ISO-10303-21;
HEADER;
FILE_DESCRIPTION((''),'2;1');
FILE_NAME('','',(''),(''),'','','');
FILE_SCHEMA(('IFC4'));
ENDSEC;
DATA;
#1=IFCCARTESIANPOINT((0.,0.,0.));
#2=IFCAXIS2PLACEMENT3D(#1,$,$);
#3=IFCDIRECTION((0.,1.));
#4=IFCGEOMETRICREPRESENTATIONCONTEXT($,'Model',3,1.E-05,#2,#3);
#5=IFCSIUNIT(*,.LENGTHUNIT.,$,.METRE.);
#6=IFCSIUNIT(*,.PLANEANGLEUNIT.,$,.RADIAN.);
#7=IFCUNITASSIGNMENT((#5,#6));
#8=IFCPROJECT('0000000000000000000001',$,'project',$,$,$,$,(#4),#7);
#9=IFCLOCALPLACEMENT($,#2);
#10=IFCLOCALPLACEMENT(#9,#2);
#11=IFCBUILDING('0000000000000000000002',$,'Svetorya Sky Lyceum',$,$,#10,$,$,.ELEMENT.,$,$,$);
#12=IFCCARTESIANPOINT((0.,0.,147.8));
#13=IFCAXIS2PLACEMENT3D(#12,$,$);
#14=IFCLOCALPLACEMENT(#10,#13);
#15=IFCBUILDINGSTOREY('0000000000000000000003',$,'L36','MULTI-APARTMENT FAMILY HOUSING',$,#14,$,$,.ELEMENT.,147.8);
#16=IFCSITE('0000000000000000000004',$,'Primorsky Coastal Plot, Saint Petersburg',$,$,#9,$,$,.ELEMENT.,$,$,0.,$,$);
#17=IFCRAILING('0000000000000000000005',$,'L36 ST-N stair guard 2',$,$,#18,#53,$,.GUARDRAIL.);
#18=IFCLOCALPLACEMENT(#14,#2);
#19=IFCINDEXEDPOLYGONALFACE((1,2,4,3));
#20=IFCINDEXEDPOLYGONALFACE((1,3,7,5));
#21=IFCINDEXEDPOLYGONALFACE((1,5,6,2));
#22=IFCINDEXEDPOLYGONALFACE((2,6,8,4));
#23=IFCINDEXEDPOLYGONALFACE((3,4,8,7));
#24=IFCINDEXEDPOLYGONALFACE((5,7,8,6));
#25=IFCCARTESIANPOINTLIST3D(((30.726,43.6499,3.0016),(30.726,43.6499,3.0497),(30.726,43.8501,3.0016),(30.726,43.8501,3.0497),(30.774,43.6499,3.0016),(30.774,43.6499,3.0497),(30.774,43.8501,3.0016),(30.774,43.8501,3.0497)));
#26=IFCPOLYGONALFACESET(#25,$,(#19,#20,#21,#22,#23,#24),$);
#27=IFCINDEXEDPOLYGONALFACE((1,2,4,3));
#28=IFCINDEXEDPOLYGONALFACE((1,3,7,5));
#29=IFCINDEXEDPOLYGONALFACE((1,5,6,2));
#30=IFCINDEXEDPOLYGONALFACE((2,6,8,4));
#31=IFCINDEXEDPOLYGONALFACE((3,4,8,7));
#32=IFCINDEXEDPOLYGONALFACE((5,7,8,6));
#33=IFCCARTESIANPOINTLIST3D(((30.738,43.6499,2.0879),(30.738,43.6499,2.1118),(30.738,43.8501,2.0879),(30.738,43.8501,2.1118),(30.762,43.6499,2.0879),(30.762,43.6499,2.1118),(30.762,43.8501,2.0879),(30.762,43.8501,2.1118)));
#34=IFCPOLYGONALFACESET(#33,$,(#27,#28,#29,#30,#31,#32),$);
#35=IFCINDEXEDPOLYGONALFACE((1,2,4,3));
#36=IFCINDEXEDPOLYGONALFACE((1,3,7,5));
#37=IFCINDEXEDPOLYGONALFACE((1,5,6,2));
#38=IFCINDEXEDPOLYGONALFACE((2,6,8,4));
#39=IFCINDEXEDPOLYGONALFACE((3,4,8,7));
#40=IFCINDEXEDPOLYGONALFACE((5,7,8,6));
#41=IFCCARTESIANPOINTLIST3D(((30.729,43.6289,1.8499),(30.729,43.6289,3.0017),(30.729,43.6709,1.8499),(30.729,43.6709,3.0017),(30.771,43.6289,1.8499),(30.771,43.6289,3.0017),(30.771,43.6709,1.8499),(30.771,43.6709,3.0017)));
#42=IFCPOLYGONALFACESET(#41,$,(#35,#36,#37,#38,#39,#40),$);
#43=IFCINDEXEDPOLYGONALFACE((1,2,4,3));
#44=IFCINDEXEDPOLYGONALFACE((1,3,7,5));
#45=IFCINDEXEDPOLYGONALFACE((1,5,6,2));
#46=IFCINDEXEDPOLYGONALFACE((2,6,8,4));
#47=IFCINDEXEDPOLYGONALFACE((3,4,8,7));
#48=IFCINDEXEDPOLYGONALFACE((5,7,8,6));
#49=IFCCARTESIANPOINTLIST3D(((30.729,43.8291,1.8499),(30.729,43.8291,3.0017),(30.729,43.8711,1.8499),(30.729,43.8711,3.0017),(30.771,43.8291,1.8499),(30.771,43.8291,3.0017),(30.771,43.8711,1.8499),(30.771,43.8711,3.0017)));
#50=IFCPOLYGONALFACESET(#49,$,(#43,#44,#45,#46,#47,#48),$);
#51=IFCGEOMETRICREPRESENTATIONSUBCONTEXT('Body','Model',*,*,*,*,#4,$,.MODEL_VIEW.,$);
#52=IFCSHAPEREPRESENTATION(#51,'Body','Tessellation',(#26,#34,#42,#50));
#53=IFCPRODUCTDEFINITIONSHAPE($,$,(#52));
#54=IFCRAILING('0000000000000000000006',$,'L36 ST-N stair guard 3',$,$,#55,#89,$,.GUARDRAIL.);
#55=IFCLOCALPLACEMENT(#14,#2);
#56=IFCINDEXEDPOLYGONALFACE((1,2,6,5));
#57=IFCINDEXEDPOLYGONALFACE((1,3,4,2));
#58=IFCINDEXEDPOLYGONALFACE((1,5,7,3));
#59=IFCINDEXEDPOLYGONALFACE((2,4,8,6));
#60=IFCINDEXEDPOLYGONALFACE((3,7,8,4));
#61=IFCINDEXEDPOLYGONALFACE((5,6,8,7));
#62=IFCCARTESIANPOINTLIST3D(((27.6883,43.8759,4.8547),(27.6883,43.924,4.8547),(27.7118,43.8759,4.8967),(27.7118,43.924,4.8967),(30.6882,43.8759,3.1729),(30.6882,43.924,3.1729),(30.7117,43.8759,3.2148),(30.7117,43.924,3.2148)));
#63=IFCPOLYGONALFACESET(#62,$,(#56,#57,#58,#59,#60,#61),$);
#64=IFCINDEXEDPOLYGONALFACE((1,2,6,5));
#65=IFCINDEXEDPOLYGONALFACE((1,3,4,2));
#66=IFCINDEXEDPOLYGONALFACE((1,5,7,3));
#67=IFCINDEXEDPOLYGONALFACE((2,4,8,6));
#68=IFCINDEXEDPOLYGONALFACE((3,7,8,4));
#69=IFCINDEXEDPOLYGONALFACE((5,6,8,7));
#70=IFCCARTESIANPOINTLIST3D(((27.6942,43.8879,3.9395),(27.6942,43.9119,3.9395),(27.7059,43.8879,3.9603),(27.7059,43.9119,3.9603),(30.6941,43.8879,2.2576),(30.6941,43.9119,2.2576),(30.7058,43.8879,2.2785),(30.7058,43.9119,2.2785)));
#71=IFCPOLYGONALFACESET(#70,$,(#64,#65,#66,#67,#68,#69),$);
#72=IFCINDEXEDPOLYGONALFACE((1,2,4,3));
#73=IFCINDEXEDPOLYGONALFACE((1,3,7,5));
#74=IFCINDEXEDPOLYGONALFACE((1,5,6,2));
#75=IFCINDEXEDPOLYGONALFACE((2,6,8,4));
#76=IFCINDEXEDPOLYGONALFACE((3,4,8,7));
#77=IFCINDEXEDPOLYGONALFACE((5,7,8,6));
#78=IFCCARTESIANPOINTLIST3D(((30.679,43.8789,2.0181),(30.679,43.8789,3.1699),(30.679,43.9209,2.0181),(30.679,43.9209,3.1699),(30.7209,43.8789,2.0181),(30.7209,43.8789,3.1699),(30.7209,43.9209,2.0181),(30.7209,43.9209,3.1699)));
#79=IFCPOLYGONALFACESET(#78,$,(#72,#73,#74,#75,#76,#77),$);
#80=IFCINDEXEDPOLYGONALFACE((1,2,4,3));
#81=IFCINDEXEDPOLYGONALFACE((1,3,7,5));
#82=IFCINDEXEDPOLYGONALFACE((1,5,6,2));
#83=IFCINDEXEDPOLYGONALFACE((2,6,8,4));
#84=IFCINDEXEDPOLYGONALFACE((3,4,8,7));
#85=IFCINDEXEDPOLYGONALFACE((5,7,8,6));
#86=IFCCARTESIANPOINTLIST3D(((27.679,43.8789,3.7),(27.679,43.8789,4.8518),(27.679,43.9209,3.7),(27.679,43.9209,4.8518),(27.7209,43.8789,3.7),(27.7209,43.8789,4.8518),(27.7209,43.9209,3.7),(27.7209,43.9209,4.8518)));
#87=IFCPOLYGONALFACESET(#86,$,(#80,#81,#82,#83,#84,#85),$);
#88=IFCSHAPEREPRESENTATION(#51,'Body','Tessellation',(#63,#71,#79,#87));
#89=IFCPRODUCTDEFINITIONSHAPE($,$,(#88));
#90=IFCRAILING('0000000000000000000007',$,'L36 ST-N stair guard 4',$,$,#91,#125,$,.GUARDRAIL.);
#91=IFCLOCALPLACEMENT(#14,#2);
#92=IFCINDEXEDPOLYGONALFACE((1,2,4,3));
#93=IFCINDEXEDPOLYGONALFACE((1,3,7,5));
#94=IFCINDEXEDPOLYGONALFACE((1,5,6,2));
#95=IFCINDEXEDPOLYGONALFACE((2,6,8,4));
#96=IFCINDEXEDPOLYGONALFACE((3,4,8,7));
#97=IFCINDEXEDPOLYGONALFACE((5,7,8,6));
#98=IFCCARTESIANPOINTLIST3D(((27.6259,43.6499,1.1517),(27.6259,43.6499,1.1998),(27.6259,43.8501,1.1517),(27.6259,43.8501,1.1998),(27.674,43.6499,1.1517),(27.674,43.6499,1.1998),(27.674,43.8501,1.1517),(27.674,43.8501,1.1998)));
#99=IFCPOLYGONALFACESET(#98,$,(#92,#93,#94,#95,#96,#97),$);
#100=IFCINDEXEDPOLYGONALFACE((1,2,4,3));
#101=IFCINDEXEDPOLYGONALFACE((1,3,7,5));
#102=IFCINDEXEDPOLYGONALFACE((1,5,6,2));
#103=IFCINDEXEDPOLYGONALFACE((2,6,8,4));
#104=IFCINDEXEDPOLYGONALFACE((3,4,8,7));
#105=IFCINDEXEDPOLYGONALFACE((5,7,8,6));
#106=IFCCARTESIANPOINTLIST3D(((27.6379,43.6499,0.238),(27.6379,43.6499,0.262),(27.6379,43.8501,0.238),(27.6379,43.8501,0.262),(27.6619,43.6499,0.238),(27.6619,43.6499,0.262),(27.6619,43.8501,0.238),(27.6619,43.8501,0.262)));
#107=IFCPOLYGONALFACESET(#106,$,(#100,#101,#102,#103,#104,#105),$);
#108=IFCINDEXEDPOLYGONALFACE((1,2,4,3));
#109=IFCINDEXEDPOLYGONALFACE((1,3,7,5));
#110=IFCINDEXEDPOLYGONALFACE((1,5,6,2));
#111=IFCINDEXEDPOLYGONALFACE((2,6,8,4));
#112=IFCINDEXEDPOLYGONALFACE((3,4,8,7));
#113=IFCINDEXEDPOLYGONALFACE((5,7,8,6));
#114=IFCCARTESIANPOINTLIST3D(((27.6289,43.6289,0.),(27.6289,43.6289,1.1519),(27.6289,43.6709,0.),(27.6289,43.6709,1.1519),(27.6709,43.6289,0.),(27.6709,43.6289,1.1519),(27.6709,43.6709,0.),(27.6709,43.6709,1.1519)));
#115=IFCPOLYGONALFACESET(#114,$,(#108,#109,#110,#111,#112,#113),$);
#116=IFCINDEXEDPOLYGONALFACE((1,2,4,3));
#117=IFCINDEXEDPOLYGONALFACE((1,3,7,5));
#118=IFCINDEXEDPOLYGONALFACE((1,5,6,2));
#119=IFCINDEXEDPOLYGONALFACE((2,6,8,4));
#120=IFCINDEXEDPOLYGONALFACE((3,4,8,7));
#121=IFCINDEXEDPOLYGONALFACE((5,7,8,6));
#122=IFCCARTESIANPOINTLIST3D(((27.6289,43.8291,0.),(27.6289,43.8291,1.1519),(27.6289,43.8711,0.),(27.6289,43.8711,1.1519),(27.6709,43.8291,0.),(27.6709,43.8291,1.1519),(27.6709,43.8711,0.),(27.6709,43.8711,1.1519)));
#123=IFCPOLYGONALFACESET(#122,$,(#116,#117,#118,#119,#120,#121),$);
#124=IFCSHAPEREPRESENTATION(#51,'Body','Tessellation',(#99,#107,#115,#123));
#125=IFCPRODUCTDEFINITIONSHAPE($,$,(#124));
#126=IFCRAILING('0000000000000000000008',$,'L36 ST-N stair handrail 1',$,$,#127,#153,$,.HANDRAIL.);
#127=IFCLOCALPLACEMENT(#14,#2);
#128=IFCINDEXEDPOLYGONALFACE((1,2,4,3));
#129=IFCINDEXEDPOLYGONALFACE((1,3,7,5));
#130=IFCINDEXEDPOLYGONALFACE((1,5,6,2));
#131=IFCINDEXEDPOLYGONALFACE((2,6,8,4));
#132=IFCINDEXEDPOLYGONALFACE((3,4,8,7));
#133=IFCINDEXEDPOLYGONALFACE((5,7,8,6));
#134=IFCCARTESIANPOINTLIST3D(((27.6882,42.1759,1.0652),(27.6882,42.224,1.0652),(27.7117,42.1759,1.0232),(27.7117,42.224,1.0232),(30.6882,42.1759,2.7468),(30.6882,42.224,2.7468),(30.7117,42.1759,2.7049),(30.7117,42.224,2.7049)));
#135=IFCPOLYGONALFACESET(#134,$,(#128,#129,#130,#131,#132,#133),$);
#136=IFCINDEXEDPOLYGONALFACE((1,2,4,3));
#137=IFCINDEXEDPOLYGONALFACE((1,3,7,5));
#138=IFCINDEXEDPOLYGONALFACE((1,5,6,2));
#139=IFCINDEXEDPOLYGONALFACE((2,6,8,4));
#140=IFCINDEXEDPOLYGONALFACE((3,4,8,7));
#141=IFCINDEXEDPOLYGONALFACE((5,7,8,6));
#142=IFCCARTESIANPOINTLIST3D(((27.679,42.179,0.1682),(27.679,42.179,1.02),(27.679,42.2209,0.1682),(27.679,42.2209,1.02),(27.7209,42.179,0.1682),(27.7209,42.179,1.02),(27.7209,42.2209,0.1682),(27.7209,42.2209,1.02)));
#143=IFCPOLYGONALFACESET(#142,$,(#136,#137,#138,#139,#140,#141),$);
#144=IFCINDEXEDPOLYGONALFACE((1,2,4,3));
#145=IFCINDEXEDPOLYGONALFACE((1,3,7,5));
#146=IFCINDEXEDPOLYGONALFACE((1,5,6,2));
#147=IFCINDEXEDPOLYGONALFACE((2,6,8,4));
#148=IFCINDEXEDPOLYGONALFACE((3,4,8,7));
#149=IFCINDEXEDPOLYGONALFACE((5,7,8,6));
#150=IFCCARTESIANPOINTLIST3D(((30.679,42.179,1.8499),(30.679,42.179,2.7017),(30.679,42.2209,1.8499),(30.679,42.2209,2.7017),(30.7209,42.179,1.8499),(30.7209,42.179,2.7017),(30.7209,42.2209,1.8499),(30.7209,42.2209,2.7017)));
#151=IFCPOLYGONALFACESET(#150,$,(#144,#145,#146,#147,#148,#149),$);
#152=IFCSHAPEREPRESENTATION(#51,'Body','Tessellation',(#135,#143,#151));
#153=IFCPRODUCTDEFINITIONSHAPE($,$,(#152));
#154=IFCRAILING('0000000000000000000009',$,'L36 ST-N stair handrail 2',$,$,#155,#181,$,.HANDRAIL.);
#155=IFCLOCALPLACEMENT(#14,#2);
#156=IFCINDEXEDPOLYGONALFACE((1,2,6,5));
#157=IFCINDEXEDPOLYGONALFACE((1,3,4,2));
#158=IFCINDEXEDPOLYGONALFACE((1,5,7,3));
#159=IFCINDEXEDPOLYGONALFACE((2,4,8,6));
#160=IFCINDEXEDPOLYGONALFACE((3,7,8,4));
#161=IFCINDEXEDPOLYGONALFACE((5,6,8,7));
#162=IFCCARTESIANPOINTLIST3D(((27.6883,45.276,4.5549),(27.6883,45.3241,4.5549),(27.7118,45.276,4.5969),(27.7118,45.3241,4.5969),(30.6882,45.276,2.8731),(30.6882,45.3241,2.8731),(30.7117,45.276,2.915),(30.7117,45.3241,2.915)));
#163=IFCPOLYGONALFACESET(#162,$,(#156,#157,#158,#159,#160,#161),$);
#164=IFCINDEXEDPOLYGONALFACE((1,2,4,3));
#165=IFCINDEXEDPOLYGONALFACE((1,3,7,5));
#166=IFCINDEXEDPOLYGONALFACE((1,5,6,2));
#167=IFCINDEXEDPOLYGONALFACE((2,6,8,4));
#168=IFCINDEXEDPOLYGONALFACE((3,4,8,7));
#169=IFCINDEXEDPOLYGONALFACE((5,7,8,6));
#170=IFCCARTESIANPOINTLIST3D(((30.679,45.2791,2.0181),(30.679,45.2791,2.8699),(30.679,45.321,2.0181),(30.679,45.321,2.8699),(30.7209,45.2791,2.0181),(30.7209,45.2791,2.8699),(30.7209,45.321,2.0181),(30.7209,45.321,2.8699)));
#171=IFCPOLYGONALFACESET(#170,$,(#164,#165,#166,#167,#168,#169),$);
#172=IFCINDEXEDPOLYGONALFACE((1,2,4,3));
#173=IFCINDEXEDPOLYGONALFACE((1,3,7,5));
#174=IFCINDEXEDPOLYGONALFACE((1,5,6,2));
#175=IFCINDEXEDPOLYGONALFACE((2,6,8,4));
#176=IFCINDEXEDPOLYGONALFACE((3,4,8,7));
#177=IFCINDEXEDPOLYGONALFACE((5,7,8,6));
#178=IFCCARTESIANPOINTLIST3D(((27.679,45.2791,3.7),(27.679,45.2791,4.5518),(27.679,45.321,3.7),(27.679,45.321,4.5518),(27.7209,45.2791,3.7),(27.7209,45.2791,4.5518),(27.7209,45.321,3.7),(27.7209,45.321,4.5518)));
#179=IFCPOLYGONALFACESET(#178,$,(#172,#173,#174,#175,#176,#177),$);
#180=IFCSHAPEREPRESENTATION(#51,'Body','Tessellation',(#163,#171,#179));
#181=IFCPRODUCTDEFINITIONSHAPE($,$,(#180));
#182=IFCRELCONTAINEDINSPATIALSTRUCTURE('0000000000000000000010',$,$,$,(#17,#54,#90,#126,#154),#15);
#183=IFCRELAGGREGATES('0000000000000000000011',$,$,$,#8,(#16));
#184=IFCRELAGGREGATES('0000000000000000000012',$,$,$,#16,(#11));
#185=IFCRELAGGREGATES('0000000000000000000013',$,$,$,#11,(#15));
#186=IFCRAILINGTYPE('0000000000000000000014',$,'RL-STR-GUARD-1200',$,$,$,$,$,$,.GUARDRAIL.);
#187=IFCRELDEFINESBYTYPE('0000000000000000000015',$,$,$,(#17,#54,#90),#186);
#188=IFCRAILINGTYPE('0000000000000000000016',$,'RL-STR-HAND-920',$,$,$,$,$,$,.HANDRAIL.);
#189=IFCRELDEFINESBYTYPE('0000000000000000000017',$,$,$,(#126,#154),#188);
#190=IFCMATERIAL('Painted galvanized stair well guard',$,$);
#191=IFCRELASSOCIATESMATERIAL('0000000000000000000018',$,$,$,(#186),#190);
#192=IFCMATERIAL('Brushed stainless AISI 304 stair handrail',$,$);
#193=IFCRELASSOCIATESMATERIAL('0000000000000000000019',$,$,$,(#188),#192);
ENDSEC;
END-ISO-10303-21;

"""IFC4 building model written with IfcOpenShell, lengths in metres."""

from ifc_helpers import new_model, si_unit, direction, frame, origin, origin_2d, place, context, subcontext, project, spatial, rectangle, extrude, material, type_object, element, save


model = new_model("IFC4")

# Units and contexts
model_context = context("Model", 3, precision=1e-05, world=origin(), true_north=direction((0.0, 1.0)))
body_context = subcontext(model_context, "Body", "Model", "MODEL_VIEW")
ifc_project = project(units=[si_unit("LENGTHUNIT", "METRE"), si_unit("PLANEANGLEUNIT", "RADIAN")], contexts=[model_context])

# Site, building, storey
site_placement = place(None, origin())
site = spatial("IfcSite", under=ifc_project, at=site_placement, Name="Primorsky Coastal Plot, Saint Petersburg", CompositionType="ELEMENT", RefElevation=0.0)
building_placement = place(site_placement, origin())
building = spatial("IfcBuilding", under=site, at=building_placement, Name="Svetorya Sky Lyceum", CompositionType="ELEMENT")
storey_placement = place(building_placement, frame((0.0, 0.0, 147.8)))
storey = spatial("IfcBuildingStorey", under=building, at=storey_placement, Name="L36", Description="MULTI-APARTMENT FAMILY HOUSING", CompositionType="ELEMENT", Elevation=147.8)

# Railings
ifc_material_1 = material(Name="Painted galvanized stair well guard")
railing_type_1 = type_object("IfcRailingType", Name="RL-STR-GUARD-1200", PredefinedType="GUARDRAIL", material=ifc_material_1)
railing_1_placement = place(storey_placement, frame((30.75, 43.6499, 1.8499)))
element("IfcRailing", 1, at=railing_1_placement, inside=storey, type_object=railing_type_1, Name="L36 ST-N stair guard 2", PredefinedType="GUARDRAIL", context=body_context, shape_type="SweptSolid", body=[
    extrude(rectangle(XDim=0.0481, YDim=0.0481, at=origin_2d()), frame((0.0, 0.0, 1.1758), z_axis=(0.0, 1.0, 0.0), x_axis=(-1.0, 0.0, 0.0)), (0.0, 0.0, 1.0), 0.2002),
    extrude(rectangle(XDim=0.0239, YDim=0.0239, at=origin_2d()), frame((0.0, 0.0, 0.25), z_axis=(0.0, 1.0, 0.0), x_axis=(-1.0, 0.0, 0.0)), (0.0, 0.0, 1.0), 0.2002),
    extrude(rectangle(XDim=0.042, YDim=0.042, at=origin_2d()), origin(), (0.0, 0.0, 1.0), 1.1519),
    extrude(rectangle(XDim=0.042, YDim=0.042, at=origin_2d()), frame((0.0, 0.2002, 0.0)), (0.0, 0.0, 1.0), 1.1519),
])
railing_2_placement = place(storey_placement, frame((30.7, 43.8999, 2.0181)))
element("IfcRailing", 2, at=railing_2_placement, inside=storey, type_object=railing_type_1, Name="L36 ST-N stair guard 3", PredefinedType="GUARDRAIL", context=body_context, shape_type="SweptSolid", body=[
    extrude(rectangle(XDim=0.0481, YDim=0.0481, at=origin_2d()), frame((0.0, 0.0, 1.1758), z_axis=(-0.872272, 0.0, 0.48902), x_axis=(0.0, -1.0, 0.0)), (0.0, 0.0, 1.0), 3.4392),
    extrude(rectangle(XDim=0.0239, YDim=0.0239, at=origin_2d()), frame((0.0, 0.0, 0.25), z_axis=(-0.872272, 0.0, 0.48902), x_axis=(0.0, -1.0, 0.0)), (0.0, 0.0, 1.0), 3.4392),
    extrude(rectangle(XDim=0.042, YDim=0.042, at=origin_2d()), origin(), (0.0, 0.0, 1.0), 1.1519),
    extrude(rectangle(XDim=0.042, YDim=0.042, at=origin_2d()), frame((-3.0, 0.0, 1.6819)), (0.0, 0.0, 1.0), 1.1519),
])
railing_3_placement = place(storey_placement, frame((27.6499, 43.6499, 0.0)))
element("IfcRailing", 3, at=railing_3_placement, inside=storey, type_object=railing_type_1, Name="L36 ST-N stair guard 4", PredefinedType="GUARDRAIL", context=body_context, shape_type="SweptSolid", body=[
    extrude(rectangle(XDim=0.0481, YDim=0.0481, at=origin_2d()), frame((0.0, 0.0, 1.1758), z_axis=(0.0, 1.0, 0.0), x_axis=(-1.0, 0.0, 0.0)), (0.0, 0.0, 1.0), 0.2002),
    extrude(rectangle(XDim=0.0239, YDim=0.0239, at=origin_2d()), frame((0.0, 0.0, 0.25), z_axis=(0.0, 1.0, 0.0), x_axis=(-1.0, 0.0, 0.0)), (0.0, 0.0, 1.0), 0.2002),
    extrude(rectangle(XDim=0.042, YDim=0.042, at=origin_2d()), origin(), (0.0, 0.0, 1.0), 1.1519),
    extrude(rectangle(XDim=0.042, YDim=0.042, at=origin_2d()), frame((0.0, 0.2002, 0.0)), (0.0, 0.0, 1.0), 1.1519),
])
ifc_material_2 = material(Name="Brushed stainless AISI 304 stair handrail")
railing_type_2 = type_object("IfcRailingType", Name="RL-STR-HAND-920", PredefinedType="HANDRAIL", material=ifc_material_2)
railing_4_placement = place(storey_placement, frame((27.7, 42.2, 0.1682)))
element("IfcRailing", 4, at=railing_4_placement, inside=storey, type_object=railing_type_2, Name="L36 ST-N stair handrail 1", PredefinedType="HANDRAIL", context=body_context, shape_type="SweptSolid", body=[
    extrude(rectangle(XDim=0.0481, YDim=0.0481, at=origin_2d()), frame((0.0, 0.0, 0.876), z_axis=(0.872303, 0.0, 0.488966), x_axis=(0.0, 1.0, 0.0)), (0.0, 0.0, 1.0), 3.4392),
    extrude(rectangle(XDim=0.042, YDim=0.042, at=origin_2d()), origin(), (0.0, 0.0, 1.0), 0.8518),
    extrude(rectangle(XDim=0.042, YDim=0.042, at=origin_2d()), frame((3.0, 0.0, 1.6816)), (0.0, 0.0, 1.0), 0.8518),
])
railing_5_placement = place(storey_placement, frame((30.7, 45.3, 2.0181)))
element("IfcRailing", 5, at=railing_5_placement, inside=storey, type_object=railing_type_2, Name="L36 ST-N stair handrail 2", PredefinedType="HANDRAIL", context=body_context, shape_type="SweptSolid", body=[
    extrude(rectangle(XDim=0.0481, YDim=0.0481, at=origin_2d()), frame((0.0, 0.0, 0.876), z_axis=(-0.872272, 0.0, 0.48902), x_axis=(0.0, -1.0, 0.0)), (0.0, 0.0, 1.0), 3.4392),
    extrude(rectangle(XDim=0.042, YDim=0.042, at=origin_2d()), origin(), (0.0, 0.0, 1.0), 0.8518),
    extrude(rectangle(XDim=0.042, YDim=0.042, at=origin_2d()), frame((-3.0, 0.0, 1.6819)), (0.0, 0.0, 1.0), 0.8518),
])

save(model, "model.ifc")
